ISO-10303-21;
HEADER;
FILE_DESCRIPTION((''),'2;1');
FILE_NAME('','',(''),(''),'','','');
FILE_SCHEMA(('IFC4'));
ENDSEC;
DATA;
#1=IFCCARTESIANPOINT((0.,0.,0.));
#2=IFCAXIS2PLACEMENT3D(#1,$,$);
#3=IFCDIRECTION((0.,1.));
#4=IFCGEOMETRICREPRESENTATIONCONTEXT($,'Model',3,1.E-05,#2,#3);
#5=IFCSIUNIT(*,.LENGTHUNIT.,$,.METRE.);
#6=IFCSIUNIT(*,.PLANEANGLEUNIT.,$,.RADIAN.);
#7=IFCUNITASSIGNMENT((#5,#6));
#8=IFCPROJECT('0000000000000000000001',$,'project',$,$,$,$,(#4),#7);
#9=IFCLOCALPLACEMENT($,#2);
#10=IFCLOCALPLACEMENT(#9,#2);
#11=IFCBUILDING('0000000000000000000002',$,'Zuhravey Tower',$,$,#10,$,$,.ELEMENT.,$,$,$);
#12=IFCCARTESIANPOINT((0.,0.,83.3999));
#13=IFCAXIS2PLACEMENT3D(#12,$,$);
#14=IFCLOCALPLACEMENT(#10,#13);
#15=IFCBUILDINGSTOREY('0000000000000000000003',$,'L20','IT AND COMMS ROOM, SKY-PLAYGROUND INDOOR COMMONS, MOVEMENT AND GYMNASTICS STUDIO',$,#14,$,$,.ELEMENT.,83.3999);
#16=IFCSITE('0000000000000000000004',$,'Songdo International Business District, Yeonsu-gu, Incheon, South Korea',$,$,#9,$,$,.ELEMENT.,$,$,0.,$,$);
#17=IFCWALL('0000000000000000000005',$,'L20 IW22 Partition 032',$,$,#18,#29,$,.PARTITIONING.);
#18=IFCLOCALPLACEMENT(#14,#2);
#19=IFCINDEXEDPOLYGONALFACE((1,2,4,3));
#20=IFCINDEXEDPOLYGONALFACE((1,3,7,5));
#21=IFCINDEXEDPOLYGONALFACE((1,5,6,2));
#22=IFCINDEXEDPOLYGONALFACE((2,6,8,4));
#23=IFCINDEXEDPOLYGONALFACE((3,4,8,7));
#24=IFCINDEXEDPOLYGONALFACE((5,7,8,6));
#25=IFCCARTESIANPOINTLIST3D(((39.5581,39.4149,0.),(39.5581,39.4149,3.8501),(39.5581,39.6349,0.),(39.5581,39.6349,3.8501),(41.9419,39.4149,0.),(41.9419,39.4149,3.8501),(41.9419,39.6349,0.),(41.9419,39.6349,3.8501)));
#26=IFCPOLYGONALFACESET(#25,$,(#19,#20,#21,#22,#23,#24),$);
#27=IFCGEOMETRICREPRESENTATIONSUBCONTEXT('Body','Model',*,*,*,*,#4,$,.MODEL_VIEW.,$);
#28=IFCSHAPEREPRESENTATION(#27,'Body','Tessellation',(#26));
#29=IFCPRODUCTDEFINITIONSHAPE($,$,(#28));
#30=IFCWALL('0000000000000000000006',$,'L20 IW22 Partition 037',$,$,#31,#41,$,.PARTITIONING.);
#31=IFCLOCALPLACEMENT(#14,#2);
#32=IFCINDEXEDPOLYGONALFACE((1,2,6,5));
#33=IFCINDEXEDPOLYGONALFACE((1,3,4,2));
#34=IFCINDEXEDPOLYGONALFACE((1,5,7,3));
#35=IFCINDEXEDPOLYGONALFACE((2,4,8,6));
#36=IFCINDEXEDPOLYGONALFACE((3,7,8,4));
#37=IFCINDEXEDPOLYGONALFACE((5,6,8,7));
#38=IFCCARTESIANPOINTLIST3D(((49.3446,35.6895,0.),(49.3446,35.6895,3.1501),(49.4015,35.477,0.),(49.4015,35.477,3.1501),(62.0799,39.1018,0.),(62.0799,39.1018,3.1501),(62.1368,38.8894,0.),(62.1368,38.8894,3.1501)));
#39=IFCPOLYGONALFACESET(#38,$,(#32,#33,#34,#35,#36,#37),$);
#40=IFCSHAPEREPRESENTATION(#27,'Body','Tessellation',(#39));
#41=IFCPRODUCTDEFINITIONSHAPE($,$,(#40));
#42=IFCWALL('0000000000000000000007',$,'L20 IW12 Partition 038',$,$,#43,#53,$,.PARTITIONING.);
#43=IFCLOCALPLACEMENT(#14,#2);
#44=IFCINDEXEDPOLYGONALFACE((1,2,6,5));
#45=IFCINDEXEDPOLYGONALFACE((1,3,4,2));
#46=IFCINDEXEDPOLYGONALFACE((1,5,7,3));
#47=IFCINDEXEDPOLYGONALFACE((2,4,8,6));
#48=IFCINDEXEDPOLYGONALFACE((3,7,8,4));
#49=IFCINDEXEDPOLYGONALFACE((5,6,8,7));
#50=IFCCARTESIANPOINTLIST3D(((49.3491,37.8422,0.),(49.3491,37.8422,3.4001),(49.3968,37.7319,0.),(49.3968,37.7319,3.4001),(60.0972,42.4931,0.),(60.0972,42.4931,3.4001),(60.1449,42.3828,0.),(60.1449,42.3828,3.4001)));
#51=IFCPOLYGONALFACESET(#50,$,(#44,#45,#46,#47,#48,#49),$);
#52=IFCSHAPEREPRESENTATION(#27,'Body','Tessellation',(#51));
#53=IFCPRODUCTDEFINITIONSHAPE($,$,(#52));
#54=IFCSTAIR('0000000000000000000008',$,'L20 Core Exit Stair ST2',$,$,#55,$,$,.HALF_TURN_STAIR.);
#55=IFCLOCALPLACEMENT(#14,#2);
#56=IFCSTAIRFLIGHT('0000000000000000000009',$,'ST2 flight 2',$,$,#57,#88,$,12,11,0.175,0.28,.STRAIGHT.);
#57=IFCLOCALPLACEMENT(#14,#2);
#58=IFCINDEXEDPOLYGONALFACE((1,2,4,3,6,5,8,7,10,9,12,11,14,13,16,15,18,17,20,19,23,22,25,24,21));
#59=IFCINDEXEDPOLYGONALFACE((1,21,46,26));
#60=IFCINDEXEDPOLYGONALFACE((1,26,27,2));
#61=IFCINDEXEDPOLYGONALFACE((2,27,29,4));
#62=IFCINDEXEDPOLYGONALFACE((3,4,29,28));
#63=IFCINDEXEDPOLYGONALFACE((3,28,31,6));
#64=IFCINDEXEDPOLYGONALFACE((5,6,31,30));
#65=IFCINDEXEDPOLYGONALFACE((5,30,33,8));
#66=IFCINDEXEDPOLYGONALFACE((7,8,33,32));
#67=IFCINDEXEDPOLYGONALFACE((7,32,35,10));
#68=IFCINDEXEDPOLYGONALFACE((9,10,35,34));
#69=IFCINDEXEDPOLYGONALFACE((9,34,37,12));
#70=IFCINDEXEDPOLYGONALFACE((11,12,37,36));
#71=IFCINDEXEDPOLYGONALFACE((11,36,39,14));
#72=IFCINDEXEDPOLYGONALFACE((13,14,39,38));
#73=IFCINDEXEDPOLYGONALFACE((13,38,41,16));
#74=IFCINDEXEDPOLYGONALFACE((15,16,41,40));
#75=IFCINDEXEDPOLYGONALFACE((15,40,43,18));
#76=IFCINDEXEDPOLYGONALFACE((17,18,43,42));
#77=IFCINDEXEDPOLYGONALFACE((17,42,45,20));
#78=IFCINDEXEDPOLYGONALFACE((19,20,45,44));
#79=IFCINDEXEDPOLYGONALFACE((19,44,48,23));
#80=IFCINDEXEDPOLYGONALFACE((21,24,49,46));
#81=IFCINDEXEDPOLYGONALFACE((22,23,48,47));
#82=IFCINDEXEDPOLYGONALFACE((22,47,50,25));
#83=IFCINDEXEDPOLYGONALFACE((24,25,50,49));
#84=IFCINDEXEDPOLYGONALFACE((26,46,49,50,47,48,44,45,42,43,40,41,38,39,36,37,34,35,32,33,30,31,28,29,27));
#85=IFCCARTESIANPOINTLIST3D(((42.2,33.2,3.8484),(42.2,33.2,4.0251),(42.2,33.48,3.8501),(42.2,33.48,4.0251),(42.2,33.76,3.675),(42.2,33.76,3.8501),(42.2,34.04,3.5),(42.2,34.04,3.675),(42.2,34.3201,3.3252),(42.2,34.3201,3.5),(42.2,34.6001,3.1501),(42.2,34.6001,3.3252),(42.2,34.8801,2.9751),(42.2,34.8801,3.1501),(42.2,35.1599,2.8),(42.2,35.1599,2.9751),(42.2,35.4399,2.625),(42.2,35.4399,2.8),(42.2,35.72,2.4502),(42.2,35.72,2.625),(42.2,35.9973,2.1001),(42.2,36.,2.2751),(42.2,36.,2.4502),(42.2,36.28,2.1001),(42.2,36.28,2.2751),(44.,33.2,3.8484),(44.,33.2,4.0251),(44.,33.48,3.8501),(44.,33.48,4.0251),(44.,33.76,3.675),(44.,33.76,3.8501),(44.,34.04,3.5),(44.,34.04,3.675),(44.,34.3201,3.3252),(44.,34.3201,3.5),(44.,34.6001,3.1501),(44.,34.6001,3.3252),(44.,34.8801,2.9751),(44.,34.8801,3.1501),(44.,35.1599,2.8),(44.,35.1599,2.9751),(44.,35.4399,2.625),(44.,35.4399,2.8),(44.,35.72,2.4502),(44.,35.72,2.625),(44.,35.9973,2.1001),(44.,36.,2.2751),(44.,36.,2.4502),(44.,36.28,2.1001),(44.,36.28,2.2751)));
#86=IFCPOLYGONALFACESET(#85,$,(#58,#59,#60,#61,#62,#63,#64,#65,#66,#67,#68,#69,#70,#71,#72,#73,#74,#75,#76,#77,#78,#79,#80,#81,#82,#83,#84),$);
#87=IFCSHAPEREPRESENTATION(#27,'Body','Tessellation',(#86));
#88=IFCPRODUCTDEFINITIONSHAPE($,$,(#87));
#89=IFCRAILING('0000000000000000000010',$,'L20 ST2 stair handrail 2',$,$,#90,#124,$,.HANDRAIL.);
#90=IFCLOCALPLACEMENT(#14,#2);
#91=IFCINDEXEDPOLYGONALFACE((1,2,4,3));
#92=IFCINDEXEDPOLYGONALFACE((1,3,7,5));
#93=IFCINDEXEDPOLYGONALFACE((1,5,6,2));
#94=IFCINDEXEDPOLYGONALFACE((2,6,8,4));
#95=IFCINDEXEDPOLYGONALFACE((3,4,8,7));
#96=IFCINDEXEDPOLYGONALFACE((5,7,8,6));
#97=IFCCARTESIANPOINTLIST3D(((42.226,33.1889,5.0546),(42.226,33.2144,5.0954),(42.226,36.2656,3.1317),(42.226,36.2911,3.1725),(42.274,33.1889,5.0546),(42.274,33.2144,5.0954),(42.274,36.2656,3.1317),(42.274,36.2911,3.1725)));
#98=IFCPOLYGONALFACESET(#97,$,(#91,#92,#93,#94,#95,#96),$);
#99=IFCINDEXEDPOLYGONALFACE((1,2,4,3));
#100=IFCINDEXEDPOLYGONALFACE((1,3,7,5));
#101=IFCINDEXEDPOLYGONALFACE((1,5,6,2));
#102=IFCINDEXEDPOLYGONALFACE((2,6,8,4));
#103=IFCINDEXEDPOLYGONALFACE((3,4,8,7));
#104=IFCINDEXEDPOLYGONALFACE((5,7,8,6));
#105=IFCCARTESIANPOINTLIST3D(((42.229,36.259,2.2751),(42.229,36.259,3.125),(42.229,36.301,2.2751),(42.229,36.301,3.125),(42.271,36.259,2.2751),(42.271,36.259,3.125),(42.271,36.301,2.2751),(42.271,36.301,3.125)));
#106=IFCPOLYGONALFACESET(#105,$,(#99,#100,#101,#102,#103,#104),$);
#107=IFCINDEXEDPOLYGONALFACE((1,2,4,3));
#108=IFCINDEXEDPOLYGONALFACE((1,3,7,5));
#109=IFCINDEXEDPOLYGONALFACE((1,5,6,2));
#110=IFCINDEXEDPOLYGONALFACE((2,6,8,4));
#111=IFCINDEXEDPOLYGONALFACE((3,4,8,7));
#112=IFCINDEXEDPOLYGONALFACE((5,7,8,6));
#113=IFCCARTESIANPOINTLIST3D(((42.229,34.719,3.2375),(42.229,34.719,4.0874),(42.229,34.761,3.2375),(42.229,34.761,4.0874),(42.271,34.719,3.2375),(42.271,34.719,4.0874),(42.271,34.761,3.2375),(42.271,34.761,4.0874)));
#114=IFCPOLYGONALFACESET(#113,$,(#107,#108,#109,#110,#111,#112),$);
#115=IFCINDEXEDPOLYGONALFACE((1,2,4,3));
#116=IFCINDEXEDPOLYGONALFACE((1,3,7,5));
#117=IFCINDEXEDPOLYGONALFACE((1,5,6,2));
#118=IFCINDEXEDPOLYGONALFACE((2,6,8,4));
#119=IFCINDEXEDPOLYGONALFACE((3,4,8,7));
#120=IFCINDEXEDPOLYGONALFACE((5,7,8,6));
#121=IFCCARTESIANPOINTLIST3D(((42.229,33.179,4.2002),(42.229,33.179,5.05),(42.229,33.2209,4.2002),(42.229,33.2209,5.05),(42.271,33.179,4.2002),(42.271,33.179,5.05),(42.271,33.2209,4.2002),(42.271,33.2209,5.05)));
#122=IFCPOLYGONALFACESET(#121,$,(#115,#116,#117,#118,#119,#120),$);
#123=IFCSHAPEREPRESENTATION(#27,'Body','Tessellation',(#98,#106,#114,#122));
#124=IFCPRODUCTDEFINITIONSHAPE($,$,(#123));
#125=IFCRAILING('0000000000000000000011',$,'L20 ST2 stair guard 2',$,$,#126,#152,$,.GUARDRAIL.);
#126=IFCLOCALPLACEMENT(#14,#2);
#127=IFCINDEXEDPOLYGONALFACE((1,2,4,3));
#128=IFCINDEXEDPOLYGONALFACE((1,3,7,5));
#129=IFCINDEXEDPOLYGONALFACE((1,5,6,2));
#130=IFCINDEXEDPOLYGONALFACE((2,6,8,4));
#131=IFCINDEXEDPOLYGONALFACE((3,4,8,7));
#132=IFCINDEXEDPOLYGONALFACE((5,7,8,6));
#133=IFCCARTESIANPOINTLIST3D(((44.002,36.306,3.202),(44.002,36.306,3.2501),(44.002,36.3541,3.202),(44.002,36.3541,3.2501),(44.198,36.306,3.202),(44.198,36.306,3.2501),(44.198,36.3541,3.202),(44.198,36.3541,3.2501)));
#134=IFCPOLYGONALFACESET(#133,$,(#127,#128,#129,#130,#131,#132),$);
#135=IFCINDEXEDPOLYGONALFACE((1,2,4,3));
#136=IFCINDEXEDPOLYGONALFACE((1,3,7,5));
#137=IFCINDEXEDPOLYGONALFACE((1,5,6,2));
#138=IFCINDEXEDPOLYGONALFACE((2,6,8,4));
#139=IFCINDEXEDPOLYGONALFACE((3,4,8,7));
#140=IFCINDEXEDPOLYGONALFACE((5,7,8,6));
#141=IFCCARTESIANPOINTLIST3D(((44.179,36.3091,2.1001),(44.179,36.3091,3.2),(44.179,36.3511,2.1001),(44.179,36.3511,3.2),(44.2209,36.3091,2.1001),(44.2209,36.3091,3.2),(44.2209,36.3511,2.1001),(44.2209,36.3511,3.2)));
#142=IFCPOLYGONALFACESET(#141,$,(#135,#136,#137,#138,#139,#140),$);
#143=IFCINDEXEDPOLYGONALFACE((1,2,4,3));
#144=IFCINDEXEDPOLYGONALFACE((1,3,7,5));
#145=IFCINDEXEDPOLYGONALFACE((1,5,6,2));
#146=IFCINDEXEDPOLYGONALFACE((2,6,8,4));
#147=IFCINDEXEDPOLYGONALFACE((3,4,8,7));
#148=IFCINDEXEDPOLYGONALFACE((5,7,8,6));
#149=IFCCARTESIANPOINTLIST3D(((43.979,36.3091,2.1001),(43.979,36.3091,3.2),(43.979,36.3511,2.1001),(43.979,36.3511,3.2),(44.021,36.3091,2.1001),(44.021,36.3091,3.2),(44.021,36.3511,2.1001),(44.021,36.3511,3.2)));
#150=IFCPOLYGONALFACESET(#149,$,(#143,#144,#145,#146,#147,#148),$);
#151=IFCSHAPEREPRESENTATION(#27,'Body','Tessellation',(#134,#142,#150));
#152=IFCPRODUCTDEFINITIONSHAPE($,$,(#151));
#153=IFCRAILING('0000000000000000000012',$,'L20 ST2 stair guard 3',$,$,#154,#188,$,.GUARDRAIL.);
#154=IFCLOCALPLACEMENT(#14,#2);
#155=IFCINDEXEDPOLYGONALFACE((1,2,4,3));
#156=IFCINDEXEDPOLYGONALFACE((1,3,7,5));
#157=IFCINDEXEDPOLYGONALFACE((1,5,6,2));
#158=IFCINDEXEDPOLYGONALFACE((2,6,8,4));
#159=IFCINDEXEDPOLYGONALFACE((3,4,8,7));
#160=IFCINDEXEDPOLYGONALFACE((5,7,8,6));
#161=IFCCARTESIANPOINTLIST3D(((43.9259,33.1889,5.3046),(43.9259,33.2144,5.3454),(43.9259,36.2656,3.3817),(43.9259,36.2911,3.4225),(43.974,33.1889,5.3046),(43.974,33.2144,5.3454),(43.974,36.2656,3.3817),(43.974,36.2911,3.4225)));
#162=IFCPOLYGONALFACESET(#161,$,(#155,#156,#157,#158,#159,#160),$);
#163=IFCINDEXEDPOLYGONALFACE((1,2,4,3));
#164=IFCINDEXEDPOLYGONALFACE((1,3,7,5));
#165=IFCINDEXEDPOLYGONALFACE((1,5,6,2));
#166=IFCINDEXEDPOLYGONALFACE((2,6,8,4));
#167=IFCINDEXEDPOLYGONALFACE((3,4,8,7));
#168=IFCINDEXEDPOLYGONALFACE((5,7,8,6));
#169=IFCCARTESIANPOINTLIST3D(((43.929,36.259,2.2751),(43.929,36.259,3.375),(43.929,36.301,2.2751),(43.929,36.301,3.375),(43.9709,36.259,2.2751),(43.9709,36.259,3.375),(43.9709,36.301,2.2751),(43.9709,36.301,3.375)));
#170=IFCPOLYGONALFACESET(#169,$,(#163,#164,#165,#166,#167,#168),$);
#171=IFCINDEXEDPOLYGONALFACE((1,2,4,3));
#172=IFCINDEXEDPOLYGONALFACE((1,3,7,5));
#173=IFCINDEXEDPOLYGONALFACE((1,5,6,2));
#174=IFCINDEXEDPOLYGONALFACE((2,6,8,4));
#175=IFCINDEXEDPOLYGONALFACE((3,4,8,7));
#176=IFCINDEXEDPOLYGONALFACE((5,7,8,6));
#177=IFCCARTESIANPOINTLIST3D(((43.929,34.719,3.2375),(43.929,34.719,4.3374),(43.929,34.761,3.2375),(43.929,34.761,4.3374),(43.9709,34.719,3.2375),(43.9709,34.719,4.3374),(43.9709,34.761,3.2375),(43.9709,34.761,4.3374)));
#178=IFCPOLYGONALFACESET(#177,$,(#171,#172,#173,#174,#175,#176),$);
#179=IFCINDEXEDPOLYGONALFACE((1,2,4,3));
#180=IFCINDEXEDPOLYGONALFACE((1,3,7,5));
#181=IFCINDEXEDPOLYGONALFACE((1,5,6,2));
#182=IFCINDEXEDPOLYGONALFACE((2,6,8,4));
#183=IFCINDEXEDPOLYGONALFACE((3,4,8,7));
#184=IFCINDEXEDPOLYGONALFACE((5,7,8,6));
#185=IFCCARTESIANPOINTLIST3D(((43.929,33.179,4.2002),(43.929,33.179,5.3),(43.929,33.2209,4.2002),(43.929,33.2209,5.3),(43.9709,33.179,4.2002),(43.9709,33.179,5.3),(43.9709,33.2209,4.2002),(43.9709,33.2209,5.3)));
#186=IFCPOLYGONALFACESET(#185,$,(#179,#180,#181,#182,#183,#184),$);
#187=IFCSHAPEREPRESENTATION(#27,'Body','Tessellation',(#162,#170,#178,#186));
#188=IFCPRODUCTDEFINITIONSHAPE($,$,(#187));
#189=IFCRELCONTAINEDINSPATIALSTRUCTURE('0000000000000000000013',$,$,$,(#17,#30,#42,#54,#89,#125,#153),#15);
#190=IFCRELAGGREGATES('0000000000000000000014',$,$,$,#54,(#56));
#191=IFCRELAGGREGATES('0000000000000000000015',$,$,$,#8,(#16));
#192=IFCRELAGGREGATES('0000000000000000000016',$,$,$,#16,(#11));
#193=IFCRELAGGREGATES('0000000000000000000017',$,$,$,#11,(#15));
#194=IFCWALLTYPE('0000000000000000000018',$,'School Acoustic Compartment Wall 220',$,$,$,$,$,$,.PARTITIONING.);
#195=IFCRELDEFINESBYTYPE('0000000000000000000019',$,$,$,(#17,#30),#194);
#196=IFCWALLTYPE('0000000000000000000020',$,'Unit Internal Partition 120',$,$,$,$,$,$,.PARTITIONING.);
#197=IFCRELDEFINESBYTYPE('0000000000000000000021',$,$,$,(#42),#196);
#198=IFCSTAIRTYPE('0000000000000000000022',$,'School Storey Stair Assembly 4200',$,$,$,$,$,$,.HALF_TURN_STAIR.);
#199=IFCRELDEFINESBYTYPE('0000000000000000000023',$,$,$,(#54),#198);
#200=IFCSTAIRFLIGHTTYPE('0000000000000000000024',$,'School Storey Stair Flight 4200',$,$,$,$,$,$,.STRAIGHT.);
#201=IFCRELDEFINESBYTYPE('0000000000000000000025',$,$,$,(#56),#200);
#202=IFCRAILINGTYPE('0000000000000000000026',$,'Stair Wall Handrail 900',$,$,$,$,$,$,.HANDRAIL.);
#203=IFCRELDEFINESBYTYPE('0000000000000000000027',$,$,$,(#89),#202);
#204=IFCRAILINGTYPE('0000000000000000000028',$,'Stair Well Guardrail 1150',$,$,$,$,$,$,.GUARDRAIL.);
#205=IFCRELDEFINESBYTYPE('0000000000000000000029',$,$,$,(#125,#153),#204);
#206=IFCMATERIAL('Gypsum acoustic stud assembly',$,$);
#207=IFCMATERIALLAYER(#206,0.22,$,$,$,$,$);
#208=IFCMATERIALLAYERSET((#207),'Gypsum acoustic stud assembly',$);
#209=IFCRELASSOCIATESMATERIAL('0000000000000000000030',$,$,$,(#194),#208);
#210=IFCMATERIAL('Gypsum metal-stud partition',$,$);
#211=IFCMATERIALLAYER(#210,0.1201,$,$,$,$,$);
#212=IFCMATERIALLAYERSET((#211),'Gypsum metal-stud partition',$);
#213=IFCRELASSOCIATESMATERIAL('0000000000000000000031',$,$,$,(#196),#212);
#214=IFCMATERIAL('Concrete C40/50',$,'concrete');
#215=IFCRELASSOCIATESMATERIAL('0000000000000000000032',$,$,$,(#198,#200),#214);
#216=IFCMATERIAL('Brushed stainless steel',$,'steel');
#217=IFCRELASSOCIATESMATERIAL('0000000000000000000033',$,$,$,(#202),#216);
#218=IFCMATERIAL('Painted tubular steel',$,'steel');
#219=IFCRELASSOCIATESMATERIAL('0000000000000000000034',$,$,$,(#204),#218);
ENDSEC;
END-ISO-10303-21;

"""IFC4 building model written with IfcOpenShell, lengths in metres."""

from ifc_helpers import new_model, si_unit, direction, frame, frame_2d, origin, origin_2d, place, context, subcontext, project, spatial, polyline, rectangle, outline, extrude, material, layer, layer_set, type_object, element, aggregate, save


model = new_model("IFC4")

# Units and contexts
model_context = context("Model", 3, precision=1e-05, world=origin(), true_north=direction((0.0, 1.0)))
body_context = subcontext(model_context, "Body", "Model", "MODEL_VIEW")
ifc_project = project(units=[si_unit("LENGTHUNIT", "METRE"), si_unit("PLANEANGLEUNIT", "RADIAN")], contexts=[model_context])

# Site, building, storey
site_placement = place(None, origin())
site = spatial("IfcSite", under=ifc_project, at=site_placement, Name="Songdo International Business District, Yeonsu-gu, Incheon, South Korea", CompositionType="ELEMENT", RefElevation=0.0)
building_placement = place(site_placement, origin())
building = spatial("IfcBuilding", under=site, at=building_placement, Name="Zuhravey Tower", CompositionType="ELEMENT")
storey_placement = place(building_placement, frame((0.0, 0.0, 83.3999)))
storey = spatial("IfcBuildingStorey", under=building, at=storey_placement, Name="L20", Description="IT AND COMMS ROOM, SKY-PLAYGROUND INDOOR COMMONS, MOVEMENT AND GYMNASTICS STUDIO", CompositionType="ELEMENT", Elevation=83.3999)

# Walls
ifc_material_1 = material(Name="Gypsum acoustic stud assembly")
ifc_layer_1 = layer(ifc_material_1, 0.22)
ifc_layer_set_1 = layer_set([ifc_layer_1], Name="Gypsum acoustic stud assembly")
wall_type_1 = type_object("IfcWallType", Name="School Acoustic Compartment Wall 220", PredefinedType="PARTITIONING", material=ifc_layer_set_1)
for number, where, z_axis, x_axis, name in (
    (1, (39.5581, 39.5249, 0.0), (0.0, 0.0, 1.0), (1.0, 0.0, 0.0), "L20 IW22 Partition 032"),
):
    element("IfcWall", number, at=place(storey_placement, frame(where, z_axis=z_axis, x_axis=x_axis)), inside=storey, type_object=wall_type_1, Name=name, PredefinedType="PARTITIONING", context=body_context, shape_type="SweptSolid", body=[
        extrude(rectangle(XDim=2.3838, YDim=0.22, at=frame_2d((1.1919, 0.0))), origin(), (0.0, 0.0, 1.0), 3.8501),
    ])
wall_1_placement = place(storey_placement, frame((49.373, 35.5833, 0.0), z_axis=(0.0, 0.0, 1.0), x_axis=(0.965927, 0.258814, 0.0)))
element("IfcWall", 2, at=wall_1_placement, inside=storey, type_object=wall_type_1, Name="L20 IW22 Partition 037", PredefinedType="PARTITIONING", context=body_context, shape_type="SweptSolid", body=[
    extrude(rectangle(XDim=13.1846, YDim=0.22, at=frame_2d((6.5923, 0.0))), origin(), (0.0, 0.0, 1.0), 3.1501),
])
ifc_material_2 = material(Name="Gypsum metal-stud partition")
ifc_layer_2 = layer(ifc_material_2, 0.1201)
ifc_layer_set_2 = layer_set([ifc_layer_2], Name="Gypsum metal-stud partition")
wall_type_2 = type_object("IfcWallType", Name="Unit Internal Partition 120", PredefinedType="PARTITIONING", material=ifc_layer_set_2)
wall_2_placement = place(storey_placement, frame((49.373, 37.7871, 0.0), z_axis=(0.0, 0.0, 1.0), x_axis=(0.917761, 0.397132, 0.0)))
element("IfcWall", 3, at=wall_2_placement, inside=storey, type_object=wall_type_2, Name="L20 IW12 Partition 038", PredefinedType="PARTITIONING", context=body_context, shape_type="SweptSolid", body=[
    extrude(rectangle(XDim=11.7112, YDim=0.1201, at=frame_2d((5.8555, 0.0))), origin(), (0.0, 0.0, 1.0), 3.4001),
])

# Stair, stair flight
ifc_material_3 = material(Name="Concrete C40/50", Category="concrete")
stair_type = type_object("IfcStairType", Name="School Storey Stair Assembly 4200", PredefinedType="HALF_TURN_STAIR", material=ifc_material_3)
stair_placement = place(storey_placement, origin())
stair = element("IfcStair", 4, at=stair_placement, inside=storey, type_object=stair_type, Name="L20 Core Exit Stair ST2", PredefinedType="HALF_TURN_STAIR")
stair_flight_type = type_object("IfcStairFlightType", Name="School Storey Stair Flight 4200", PredefinedType="STRAIGHT", material=ifc_material_3)
stair_flight_placement = place(storey_placement, frame((43.1001, 36.28, 2.1001), z_axis=(0.0, 0.0, 1.0), x_axis=(0.0, -1.0, 0.0)))
stair_flight = element("IfcStairFlight", 5, at=stair_flight_placement, type_object=stair_flight_type, Name="ST2 flight 2", NumberOfRisers=12, NumberOfTreads=11, PredefinedType="STRAIGHT", RiserHeight=0.175, TreadLength=0.28, context=body_context, shape_type="SweptSolid", body=[
    extrude(outline(polyline([(0.0, 0.0), (0.0, 0.175), (0.28, 0.175), (0.28, 0.3501), (0.5601, 0.3501), (0.5601, 0.5249), (0.8401, 0.5249), (0.8401, 0.7), (1.1201, 0.7), (1.1201, 0.875), (1.3999, 0.875), (1.3999, 1.05), (1.6799, 1.05), (1.6799, 1.2251), (1.96, 1.2251), (1.96, 1.3999), (2.24, 1.3999), (2.24, 1.575), (2.52, 1.575), (2.52, 1.75), (2.8, 1.75), (2.8, 1.925), (3.0801, 1.925), (3.0801, 2.1001), (3.0801, 1.7483), (0.2827, 0.0), (0.0, 0.0)])), frame((0.0, 0.8999, 0.0), z_axis=(0.0, -1.0, 0.0), x_axis=(1.0, 0.0, 0.0)), (0.0, 0.0, 1.0), 1.8),
])
aggregate(stair, [stair_flight])

# Railings
ifc_material_4 = material(Name="Brushed stainless steel", Category="steel")
railing_type_1 = type_object("IfcRailingType", Name="Stair Wall Handrail 900", PredefinedType="HANDRAIL", material=ifc_material_4)
railing_1_placement = place(storey_placement, frame((42.25, 36.28, 2.2751)))
element("IfcRailing", 6, at=railing_1_placement, inside=storey, type_object=railing_type_1, Name="L20 ST2 stair handrail 2", PredefinedType="HANDRAIL", context=body_context, shape_type="SweptSolid", body=[
    extrude(rectangle(XDim=0.0481, YDim=0.0481, at=origin_2d()), frame((0.0, -0.0017, 0.877), z_axis=(0.0, -0.847998, 0.529999), x_axis=(1.0, 0.0, 0.0)), (0.0, 0.0, 1.0), 3.6282),
    extrude(rectangle(XDim=0.042, YDim=0.042, at=origin_2d()), origin(), (0.0, 0.0, 1.0), 0.8499),
    extrude(rectangle(XDim=0.042, YDim=0.042, at=origin_2d()), frame((0.0, -1.54, 0.9624)), (0.0, 0.0, 1.0), 0.8499),
    extrude(rectangle(XDim=0.042, YDim=0.042, at=origin_2d()), frame((0.0, -3.0801, 1.925)), (0.0, 0.0, 1.0), 0.8499),
])
ifc_material_5 = material(Name="Painted tubular steel", Category="steel")
railing_type_2 = type_object("IfcRailingType", Name="Stair Well Guardrail 1150", PredefinedType="GUARDRAIL", material=ifc_material_5)
railing_2_placement = place(storey_placement, frame((44.2, 36.3301, 2.1001)))
element("IfcRailing", 7, at=railing_2_placement, inside=storey, type_object=railing_type_2, Name="L20 ST2 stair guard 2", PredefinedType="GUARDRAIL", context=body_context, shape_type="SweptSolid", body=[
    extrude(rectangle(XDim=0.0481, YDim=0.0481, at=origin_2d()), frame((-0.002, 0.0, 1.126), z_axis=(-1.0, 0.0, 0.0), x_axis=(0.0, -1.0, 0.0)), (0.0, 0.0, 1.0), 0.196),
    extrude(rectangle(XDim=0.042, YDim=0.042, at=origin_2d()), origin(), (0.0, 0.0, 1.0), 1.0999),
    extrude(rectangle(XDim=0.042, YDim=0.042, at=origin_2d()), frame((-0.2, 0.0, 0.0)), (0.0, 0.0, 1.0), 1.0999),
])
railing_3_placement = place(storey_placement, frame((43.95, 36.28, 2.2751)))
element("IfcRailing", 8, at=railing_3_placement, inside=storey, type_object=railing_type_2, Name="L20 ST2 stair guard 3", PredefinedType="GUARDRAIL", context=body_context, shape_type="SweptSolid", body=[
    extrude(rectangle(XDim=0.0481, YDim=0.0481, at=origin_2d()), frame((0.0, -0.0017, 1.127), z_axis=(0.0, -0.847998, 0.529999), x_axis=(1.0, 0.0, 0.0)), (0.0, 0.0, 1.0), 3.6282),
    extrude(rectangle(XDim=0.042, YDim=0.042, at=origin_2d()), origin(), (0.0, 0.0, 1.0), 1.0999),
    extrude(rectangle(XDim=0.042, YDim=0.042, at=origin_2d()), frame((0.0, -1.54, 0.9624)), (0.0, 0.0, 1.0), 1.0999),
    extrude(rectangle(XDim=0.042, YDim=0.042, at=origin_2d()), frame((0.0, -3.0801, 1.925)), (0.0, 0.0, 1.0), 1.0999),
])

save(model, "model.ifc")
